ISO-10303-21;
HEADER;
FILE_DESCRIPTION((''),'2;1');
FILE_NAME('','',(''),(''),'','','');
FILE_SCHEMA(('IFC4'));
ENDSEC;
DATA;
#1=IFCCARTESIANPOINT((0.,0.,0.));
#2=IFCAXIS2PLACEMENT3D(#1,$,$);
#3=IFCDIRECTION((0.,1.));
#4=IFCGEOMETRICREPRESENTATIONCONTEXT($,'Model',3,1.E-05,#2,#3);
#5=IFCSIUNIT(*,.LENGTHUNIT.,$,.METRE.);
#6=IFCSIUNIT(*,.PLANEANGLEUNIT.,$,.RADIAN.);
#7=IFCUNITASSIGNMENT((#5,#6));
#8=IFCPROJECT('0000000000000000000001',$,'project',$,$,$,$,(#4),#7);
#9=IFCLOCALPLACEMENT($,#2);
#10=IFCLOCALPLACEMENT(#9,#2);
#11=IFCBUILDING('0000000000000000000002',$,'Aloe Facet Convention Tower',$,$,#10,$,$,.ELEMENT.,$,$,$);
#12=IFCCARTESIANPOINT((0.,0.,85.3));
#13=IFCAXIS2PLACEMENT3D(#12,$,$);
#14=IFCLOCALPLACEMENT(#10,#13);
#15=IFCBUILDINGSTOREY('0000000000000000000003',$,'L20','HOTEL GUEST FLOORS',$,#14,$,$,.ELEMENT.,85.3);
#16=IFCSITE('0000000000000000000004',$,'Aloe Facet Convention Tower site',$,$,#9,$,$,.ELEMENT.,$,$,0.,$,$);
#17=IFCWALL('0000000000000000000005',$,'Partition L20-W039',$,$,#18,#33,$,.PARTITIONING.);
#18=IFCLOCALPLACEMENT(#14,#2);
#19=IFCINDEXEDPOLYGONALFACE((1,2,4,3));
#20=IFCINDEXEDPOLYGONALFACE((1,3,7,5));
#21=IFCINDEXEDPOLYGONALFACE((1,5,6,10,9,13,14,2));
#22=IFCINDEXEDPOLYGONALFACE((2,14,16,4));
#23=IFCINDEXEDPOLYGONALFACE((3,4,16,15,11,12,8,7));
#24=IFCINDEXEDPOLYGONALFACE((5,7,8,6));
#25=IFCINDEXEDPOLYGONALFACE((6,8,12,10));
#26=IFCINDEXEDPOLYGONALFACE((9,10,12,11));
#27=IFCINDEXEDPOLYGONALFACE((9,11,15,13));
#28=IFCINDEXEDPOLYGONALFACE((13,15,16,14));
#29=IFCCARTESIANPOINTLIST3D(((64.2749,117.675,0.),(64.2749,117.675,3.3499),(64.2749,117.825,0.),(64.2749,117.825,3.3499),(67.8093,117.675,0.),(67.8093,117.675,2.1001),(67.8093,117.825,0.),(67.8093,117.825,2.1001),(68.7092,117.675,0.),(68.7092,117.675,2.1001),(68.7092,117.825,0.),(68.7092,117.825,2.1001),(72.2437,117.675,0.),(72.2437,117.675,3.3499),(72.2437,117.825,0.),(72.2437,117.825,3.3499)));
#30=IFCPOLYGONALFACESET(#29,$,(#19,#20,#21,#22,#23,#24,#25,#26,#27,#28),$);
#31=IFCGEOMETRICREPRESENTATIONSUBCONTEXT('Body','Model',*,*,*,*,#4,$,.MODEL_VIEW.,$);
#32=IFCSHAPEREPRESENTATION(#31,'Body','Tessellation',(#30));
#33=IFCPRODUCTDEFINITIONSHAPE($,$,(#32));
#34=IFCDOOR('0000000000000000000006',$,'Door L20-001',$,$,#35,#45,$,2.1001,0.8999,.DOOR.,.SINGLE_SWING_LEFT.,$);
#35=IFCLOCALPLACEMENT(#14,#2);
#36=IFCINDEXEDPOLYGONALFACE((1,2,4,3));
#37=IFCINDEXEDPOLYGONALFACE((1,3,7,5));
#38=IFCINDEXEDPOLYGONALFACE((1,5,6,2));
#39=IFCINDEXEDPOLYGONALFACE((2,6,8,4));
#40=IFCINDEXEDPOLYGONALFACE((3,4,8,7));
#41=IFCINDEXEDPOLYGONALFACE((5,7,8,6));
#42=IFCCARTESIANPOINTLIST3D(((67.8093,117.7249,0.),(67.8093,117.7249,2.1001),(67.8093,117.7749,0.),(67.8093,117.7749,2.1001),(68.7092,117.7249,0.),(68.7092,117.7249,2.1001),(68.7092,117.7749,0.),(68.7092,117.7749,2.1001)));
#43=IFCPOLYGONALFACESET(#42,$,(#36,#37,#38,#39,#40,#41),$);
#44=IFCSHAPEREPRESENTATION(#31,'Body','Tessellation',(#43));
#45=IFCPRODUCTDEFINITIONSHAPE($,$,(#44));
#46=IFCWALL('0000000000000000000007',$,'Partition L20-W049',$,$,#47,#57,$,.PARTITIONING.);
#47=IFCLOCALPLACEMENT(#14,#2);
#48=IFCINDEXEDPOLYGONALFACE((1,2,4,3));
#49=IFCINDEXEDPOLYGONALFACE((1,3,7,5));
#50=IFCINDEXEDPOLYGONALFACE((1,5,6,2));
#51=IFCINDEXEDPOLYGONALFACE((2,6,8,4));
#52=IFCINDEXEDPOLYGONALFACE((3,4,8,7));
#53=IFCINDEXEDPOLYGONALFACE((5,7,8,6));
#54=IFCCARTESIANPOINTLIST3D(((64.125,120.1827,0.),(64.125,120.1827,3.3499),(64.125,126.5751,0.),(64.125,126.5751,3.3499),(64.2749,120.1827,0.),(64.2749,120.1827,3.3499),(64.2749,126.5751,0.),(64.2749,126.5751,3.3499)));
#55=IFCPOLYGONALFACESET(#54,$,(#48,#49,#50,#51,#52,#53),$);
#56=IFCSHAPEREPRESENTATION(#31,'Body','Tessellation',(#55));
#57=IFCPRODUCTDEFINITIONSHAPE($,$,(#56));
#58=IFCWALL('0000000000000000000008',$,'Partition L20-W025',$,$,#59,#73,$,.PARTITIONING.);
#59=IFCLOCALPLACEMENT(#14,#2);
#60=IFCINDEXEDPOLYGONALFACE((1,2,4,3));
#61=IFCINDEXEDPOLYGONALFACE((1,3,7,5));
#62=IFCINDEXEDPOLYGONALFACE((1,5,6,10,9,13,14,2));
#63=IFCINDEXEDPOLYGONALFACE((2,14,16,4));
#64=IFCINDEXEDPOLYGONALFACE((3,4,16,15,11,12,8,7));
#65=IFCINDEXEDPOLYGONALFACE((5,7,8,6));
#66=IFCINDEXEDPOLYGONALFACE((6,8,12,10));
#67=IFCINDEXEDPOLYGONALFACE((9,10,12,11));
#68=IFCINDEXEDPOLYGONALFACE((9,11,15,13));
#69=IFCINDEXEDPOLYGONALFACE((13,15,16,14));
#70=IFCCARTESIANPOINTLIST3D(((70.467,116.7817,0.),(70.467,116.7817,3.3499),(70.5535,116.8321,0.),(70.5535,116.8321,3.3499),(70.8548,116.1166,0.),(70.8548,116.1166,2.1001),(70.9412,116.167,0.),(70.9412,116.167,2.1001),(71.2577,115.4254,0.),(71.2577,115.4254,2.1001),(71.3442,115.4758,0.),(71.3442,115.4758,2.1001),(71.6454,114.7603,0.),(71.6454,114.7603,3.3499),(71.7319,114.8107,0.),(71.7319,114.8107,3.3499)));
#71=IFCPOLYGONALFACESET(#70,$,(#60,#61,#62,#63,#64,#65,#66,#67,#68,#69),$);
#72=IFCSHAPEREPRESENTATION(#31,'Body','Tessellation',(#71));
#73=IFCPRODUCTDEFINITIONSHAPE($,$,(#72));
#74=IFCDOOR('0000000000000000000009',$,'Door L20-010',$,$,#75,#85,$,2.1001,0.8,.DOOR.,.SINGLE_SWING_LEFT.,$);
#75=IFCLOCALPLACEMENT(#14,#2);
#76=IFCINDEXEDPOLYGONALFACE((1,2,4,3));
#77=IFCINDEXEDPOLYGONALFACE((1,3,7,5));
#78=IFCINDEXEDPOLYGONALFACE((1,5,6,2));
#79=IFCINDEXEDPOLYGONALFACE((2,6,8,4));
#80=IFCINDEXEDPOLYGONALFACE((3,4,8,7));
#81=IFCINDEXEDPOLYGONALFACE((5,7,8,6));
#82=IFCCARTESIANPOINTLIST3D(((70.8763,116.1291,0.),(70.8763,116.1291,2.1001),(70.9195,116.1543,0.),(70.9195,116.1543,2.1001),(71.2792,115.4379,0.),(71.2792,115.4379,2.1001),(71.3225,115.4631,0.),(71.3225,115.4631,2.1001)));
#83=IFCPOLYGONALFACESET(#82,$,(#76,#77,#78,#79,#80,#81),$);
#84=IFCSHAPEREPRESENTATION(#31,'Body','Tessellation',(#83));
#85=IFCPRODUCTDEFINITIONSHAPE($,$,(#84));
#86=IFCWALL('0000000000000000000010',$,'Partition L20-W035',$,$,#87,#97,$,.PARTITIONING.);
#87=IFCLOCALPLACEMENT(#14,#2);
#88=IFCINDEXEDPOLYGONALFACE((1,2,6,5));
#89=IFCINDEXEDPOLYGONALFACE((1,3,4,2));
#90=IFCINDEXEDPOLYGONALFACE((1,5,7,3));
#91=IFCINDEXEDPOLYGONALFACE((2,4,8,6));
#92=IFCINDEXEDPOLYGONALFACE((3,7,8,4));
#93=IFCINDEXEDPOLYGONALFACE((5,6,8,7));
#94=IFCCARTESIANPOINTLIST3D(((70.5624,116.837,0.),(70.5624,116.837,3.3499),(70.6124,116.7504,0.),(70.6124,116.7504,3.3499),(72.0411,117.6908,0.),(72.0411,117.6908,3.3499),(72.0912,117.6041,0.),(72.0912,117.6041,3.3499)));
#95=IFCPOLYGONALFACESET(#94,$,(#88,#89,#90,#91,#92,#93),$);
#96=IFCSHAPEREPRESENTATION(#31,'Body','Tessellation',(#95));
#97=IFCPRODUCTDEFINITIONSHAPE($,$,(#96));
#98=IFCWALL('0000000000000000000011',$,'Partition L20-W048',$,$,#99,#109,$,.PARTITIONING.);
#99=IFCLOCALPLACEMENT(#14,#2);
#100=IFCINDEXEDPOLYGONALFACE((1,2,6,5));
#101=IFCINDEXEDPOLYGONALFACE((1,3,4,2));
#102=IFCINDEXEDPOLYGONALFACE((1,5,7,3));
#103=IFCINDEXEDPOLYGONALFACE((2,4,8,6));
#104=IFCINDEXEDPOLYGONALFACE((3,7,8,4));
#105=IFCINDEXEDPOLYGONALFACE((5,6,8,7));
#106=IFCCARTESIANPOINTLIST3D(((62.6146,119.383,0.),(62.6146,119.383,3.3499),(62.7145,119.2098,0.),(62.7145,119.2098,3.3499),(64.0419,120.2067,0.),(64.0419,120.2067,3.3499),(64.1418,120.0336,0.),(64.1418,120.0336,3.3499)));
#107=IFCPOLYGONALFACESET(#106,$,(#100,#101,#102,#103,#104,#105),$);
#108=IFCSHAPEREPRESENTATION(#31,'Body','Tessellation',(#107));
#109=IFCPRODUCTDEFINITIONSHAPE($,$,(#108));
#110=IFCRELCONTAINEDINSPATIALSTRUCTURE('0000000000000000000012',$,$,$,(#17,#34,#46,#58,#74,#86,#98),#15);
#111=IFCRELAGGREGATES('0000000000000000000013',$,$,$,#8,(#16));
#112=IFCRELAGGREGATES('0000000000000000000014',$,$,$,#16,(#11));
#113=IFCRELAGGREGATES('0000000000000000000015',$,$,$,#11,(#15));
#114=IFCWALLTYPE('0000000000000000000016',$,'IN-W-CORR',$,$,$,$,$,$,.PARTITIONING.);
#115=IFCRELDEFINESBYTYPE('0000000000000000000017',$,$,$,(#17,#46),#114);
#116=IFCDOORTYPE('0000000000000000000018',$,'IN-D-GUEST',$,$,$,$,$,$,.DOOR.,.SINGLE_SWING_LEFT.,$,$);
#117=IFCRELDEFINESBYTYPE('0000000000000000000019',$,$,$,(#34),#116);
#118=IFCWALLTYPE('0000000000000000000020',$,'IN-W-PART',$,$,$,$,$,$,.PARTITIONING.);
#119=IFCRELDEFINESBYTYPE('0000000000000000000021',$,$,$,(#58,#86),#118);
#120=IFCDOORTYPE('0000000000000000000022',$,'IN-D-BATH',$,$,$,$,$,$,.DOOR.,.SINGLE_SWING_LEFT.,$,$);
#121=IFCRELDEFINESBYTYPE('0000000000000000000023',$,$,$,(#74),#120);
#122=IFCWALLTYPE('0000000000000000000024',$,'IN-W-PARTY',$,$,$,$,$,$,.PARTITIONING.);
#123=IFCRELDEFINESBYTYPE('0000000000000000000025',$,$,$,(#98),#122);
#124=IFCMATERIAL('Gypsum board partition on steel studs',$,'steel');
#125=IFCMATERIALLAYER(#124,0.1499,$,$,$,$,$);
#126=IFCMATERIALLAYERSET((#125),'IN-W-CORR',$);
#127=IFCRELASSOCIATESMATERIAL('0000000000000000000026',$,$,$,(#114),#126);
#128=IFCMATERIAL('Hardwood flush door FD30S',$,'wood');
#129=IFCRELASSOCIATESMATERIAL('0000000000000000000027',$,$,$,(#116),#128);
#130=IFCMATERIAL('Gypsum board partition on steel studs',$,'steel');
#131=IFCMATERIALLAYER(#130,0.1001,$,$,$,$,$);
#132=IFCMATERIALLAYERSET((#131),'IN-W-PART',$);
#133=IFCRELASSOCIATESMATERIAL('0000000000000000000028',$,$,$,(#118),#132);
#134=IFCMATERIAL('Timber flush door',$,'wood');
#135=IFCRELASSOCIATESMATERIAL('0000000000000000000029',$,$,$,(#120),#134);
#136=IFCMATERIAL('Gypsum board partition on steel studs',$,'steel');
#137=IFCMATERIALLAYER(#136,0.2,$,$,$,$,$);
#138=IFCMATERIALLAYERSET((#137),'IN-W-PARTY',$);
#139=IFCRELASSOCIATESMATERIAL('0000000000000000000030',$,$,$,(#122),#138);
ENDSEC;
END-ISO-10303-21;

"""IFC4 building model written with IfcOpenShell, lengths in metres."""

from ifc_helpers import new_model, si_unit, direction, frame, frame_2d, origin, place, context, subcontext, project, spatial, rectangle, extrude, material, layer, layer_set, type_object, element, fill, save


model = new_model("IFC4")

# Units and contexts
model_context = context("Model", 3, precision=1e-05, world=origin(), true_north=direction((0.0, 1.0)))
body_context = subcontext(model_context, "Body", "Model", "MODEL_VIEW")
ifc_project = project(units=[si_unit("LENGTHUNIT", "METRE"), si_unit("PLANEANGLEUNIT", "RADIAN")], contexts=[model_context])

# Site, building, storey
site_placement = place(None, origin())
site = spatial("IfcSite", under=ifc_project, at=site_placement, Name="Aloe Facet Convention Tower site", CompositionType="ELEMENT", RefElevation=0.0)
building_placement = place(site_placement, origin())
building = spatial("IfcBuilding", under=site, at=building_placement, Name="Aloe Facet Convention Tower", CompositionType="ELEMENT")
storey_placement = place(building_placement, frame((0.0, 0.0, 85.3)))
storey = spatial("IfcBuildingStorey", under=building, at=storey_placement, Name="L20", Description="HOTEL GUEST FLOORS", CompositionType="ELEMENT", Elevation=85.3)

# Shared definitions
ifc_material_1 = material(Name="Gypsum board partition on steel studs", Category="steel")
ifc_layer_1 = layer(ifc_material_1, 0.1499)
ifc_layer_set_1 = layer_set([ifc_layer_1], Name="IN-W-CORR")
wall_type_1 = type_object("IfcWallType", Name="IN-W-CORR", PredefinedType="PARTITIONING", material=ifc_layer_set_1)

# Wall, opening, door
wall_1_placement = place(storey_placement, frame((64.2749, 117.75, 0.0), z_axis=(0.0, 0.0, 1.0), x_axis=(1.0, 0.0, 0.0)))
wall_1 = element("IfcWall", 1, at=wall_1_placement, inside=storey, type_object=wall_type_1, Name="Partition L20-W039", PredefinedType="PARTITIONING", context=body_context, shape_type="SweptSolid", body=[
    extrude(rectangle(XDim=7.9688, YDim=0.1499, at=frame_2d((3.9844, 0.0))), origin(), (0.0, 0.0, 1.0), 3.3499),
])
opening_1_placement = place(wall_1_placement, frame((3.5344, 0.0, 0.0)))
opening_1 = element("IfcOpeningElement", 2, at=opening_1_placement, cuts=wall_1, PredefinedType="OPENING", context=body_context, shape_type="SweptSolid", body=[
    extrude(rectangle(XDim=0.8999, YDim=2.1001, at=frame_2d((0.45, 1.05))), frame((0.0, 0.085, 0.0), z_axis=(0.0, -1.0, 0.0), x_axis=(1.0, 0.0, 0.0)), (0.0, 0.0, 1.0), 0.1699),
])
ifc_material_2 = material(Name="Hardwood flush door FD30S", Category="wood")
door_type_1 = type_object("IfcDoorType", Name="IN-D-GUEST", OperationType="SINGLE_SWING_LEFT", PredefinedType="DOOR", material=ifc_material_2)
door_1_placement = place(opening_1_placement, origin())
door_1 = element("IfcDoor", 3, at=door_1_placement, inside=storey, type_object=door_type_1, Name="Door L20-001", OperationType="SINGLE_SWING_LEFT", OverallHeight=2.1001, OverallWidth=0.8999, PredefinedType="DOOR", context=body_context, shape_type="SweptSolid", body=[
    extrude(rectangle(XDim=0.8999, YDim=2.1001, at=frame_2d((0.45, 1.05))), frame((0.0, 0.0249, 0.0), z_axis=(0.0, -1.0, 0.0), x_axis=(1.0, 0.0, 0.0)), (0.0, 0.0, 1.0), 0.05),
])
fill(opening_1, door_1)

# Wall
wall_2_placement = place(storey_placement, frame((64.2, 120.1826, 0.0), z_axis=(0.0, 0.0, 1.0), x_axis=(0.0, 1.0, 0.0)))
element("IfcWall", 4, at=wall_2_placement, inside=storey, type_object=wall_type_1, Name="Partition L20-W049", PredefinedType="PARTITIONING", context=body_context, shape_type="SweptSolid", body=[
    extrude(rectangle(XDim=6.3923, YDim=0.1499, at=frame_2d((3.1963, 0.0))), origin(), (0.0, 0.0, 1.0), 3.3499),
])

# Wall, opening, door
ifc_material_3 = material(Name="Gypsum board partition on steel studs", Category="steel")
ifc_layer_2 = layer(ifc_material_3, 0.1001)
ifc_layer_set_2 = layer_set([ifc_layer_2], Name="IN-W-PART")
wall_type_2 = type_object("IfcWallType", Name="IN-W-PART", PredefinedType="PARTITIONING", material=ifc_layer_set_2)
wall_3_placement = place(storey_placement, frame((70.5103, 116.8069, 0.0), z_axis=(0.0, 0.0, 1.0), x_axis=(0.503637, -0.863915, 0.0)))
wall_3 = element("IfcWall", 5, at=wall_3_placement, inside=storey, type_object=wall_type_2, Name="Partition L20-W025", PredefinedType="PARTITIONING", context=body_context, shape_type="SweptSolid", body=[
    extrude(rectangle(XDim=2.3398, YDim=0.1001, at=frame_2d((1.1699, 0.0))), origin(), (0.0, 0.0, 1.0), 3.3499),
])
opening_2_placement = place(wall_3_placement, frame((0.77, 0.0, 0.0)))
opening_2 = element("IfcOpeningElement", 6, at=opening_2_placement, cuts=wall_3, PredefinedType="OPENING", context=body_context, shape_type="SweptSolid", body=[
    extrude(rectangle(XDim=0.8, YDim=2.1001, at=frame_2d((0.3999, 1.05))), frame((0.0, 0.0601, 0.0), z_axis=(0.0, -1.0, 0.0), x_axis=(1.0, 0.0, 0.0)), (0.0, 0.0, 1.0), 0.1201),
])
ifc_material_4 = material(Name="Timber flush door", Category="wood")
door_type_2 = type_object("IfcDoorType", Name="IN-D-BATH", OperationType="SINGLE_SWING_LEFT", PredefinedType="DOOR", material=ifc_material_4)
door_2_placement = place(opening_2_placement, origin())
door_2 = element("IfcDoor", 7, at=door_2_placement, inside=storey, type_object=door_type_2, Name="Door L20-010", OperationType="SINGLE_SWING_LEFT", OverallHeight=2.1001, OverallWidth=0.8, PredefinedType="DOOR", context=body_context, shape_type="SweptSolid", body=[
    extrude(rectangle(XDim=0.8, YDim=2.1001, at=frame_2d((0.3999, 1.05))), frame((0.0, 0.0249, 0.0), z_axis=(0.0, -1.0, 0.0), x_axis=(1.0, 0.0, 0.0)), (0.0, 0.0, 1.0), 0.05),
])
fill(opening_2, door_2)

# Walls
wall_4_placement = place(storey_placement, frame((70.5874, 116.7937, 0.0), z_axis=(0.0, 0.0, 1.0), x_axis=(0.866026, 0.499999, 0.0)))
element("IfcWall", 8, at=wall_4_placement, inside=storey, type_object=wall_type_2, Name="Partition L20-W035", PredefinedType="PARTITIONING", context=body_context, shape_type="SweptSolid", body=[
    extrude(rectangle(XDim=1.7075, YDim=0.1001, at=frame_2d((0.8538, 0.0))), origin(), (0.0, 0.0, 1.0), 3.3499),
])
ifc_material_5 = material(Name="Gypsum board partition on steel studs", Category="steel")
ifc_layer_3 = layer(ifc_material_5, 0.2)
ifc_layer_set_3 = layer_set([ifc_layer_3], Name="IN-W-PARTY")
wall_type_3 = type_object("IfcWallType", Name="IN-W-PARTY", PredefinedType="PARTITIONING", material=ifc_layer_set_3)
wall_5_placement = place(storey_placement, frame((62.6646, 119.2964, 0.0), z_axis=(0.0, 0.0, 1.0), x_axis=(0.866102, 0.499868, 0.0)))
element("IfcWall", 9, at=wall_5_placement, inside=storey, type_object=wall_type_3, Name="Partition L20-W048", PredefinedType="PARTITIONING", context=body_context, shape_type="SweptSolid", body=[
    extrude(rectangle(XDim=1.6479, YDim=0.2, at=frame_2d((0.824, 0.0))), origin(), (0.0, 0.0, 1.0), 3.3499),
])

save(model, "model.ifc")
